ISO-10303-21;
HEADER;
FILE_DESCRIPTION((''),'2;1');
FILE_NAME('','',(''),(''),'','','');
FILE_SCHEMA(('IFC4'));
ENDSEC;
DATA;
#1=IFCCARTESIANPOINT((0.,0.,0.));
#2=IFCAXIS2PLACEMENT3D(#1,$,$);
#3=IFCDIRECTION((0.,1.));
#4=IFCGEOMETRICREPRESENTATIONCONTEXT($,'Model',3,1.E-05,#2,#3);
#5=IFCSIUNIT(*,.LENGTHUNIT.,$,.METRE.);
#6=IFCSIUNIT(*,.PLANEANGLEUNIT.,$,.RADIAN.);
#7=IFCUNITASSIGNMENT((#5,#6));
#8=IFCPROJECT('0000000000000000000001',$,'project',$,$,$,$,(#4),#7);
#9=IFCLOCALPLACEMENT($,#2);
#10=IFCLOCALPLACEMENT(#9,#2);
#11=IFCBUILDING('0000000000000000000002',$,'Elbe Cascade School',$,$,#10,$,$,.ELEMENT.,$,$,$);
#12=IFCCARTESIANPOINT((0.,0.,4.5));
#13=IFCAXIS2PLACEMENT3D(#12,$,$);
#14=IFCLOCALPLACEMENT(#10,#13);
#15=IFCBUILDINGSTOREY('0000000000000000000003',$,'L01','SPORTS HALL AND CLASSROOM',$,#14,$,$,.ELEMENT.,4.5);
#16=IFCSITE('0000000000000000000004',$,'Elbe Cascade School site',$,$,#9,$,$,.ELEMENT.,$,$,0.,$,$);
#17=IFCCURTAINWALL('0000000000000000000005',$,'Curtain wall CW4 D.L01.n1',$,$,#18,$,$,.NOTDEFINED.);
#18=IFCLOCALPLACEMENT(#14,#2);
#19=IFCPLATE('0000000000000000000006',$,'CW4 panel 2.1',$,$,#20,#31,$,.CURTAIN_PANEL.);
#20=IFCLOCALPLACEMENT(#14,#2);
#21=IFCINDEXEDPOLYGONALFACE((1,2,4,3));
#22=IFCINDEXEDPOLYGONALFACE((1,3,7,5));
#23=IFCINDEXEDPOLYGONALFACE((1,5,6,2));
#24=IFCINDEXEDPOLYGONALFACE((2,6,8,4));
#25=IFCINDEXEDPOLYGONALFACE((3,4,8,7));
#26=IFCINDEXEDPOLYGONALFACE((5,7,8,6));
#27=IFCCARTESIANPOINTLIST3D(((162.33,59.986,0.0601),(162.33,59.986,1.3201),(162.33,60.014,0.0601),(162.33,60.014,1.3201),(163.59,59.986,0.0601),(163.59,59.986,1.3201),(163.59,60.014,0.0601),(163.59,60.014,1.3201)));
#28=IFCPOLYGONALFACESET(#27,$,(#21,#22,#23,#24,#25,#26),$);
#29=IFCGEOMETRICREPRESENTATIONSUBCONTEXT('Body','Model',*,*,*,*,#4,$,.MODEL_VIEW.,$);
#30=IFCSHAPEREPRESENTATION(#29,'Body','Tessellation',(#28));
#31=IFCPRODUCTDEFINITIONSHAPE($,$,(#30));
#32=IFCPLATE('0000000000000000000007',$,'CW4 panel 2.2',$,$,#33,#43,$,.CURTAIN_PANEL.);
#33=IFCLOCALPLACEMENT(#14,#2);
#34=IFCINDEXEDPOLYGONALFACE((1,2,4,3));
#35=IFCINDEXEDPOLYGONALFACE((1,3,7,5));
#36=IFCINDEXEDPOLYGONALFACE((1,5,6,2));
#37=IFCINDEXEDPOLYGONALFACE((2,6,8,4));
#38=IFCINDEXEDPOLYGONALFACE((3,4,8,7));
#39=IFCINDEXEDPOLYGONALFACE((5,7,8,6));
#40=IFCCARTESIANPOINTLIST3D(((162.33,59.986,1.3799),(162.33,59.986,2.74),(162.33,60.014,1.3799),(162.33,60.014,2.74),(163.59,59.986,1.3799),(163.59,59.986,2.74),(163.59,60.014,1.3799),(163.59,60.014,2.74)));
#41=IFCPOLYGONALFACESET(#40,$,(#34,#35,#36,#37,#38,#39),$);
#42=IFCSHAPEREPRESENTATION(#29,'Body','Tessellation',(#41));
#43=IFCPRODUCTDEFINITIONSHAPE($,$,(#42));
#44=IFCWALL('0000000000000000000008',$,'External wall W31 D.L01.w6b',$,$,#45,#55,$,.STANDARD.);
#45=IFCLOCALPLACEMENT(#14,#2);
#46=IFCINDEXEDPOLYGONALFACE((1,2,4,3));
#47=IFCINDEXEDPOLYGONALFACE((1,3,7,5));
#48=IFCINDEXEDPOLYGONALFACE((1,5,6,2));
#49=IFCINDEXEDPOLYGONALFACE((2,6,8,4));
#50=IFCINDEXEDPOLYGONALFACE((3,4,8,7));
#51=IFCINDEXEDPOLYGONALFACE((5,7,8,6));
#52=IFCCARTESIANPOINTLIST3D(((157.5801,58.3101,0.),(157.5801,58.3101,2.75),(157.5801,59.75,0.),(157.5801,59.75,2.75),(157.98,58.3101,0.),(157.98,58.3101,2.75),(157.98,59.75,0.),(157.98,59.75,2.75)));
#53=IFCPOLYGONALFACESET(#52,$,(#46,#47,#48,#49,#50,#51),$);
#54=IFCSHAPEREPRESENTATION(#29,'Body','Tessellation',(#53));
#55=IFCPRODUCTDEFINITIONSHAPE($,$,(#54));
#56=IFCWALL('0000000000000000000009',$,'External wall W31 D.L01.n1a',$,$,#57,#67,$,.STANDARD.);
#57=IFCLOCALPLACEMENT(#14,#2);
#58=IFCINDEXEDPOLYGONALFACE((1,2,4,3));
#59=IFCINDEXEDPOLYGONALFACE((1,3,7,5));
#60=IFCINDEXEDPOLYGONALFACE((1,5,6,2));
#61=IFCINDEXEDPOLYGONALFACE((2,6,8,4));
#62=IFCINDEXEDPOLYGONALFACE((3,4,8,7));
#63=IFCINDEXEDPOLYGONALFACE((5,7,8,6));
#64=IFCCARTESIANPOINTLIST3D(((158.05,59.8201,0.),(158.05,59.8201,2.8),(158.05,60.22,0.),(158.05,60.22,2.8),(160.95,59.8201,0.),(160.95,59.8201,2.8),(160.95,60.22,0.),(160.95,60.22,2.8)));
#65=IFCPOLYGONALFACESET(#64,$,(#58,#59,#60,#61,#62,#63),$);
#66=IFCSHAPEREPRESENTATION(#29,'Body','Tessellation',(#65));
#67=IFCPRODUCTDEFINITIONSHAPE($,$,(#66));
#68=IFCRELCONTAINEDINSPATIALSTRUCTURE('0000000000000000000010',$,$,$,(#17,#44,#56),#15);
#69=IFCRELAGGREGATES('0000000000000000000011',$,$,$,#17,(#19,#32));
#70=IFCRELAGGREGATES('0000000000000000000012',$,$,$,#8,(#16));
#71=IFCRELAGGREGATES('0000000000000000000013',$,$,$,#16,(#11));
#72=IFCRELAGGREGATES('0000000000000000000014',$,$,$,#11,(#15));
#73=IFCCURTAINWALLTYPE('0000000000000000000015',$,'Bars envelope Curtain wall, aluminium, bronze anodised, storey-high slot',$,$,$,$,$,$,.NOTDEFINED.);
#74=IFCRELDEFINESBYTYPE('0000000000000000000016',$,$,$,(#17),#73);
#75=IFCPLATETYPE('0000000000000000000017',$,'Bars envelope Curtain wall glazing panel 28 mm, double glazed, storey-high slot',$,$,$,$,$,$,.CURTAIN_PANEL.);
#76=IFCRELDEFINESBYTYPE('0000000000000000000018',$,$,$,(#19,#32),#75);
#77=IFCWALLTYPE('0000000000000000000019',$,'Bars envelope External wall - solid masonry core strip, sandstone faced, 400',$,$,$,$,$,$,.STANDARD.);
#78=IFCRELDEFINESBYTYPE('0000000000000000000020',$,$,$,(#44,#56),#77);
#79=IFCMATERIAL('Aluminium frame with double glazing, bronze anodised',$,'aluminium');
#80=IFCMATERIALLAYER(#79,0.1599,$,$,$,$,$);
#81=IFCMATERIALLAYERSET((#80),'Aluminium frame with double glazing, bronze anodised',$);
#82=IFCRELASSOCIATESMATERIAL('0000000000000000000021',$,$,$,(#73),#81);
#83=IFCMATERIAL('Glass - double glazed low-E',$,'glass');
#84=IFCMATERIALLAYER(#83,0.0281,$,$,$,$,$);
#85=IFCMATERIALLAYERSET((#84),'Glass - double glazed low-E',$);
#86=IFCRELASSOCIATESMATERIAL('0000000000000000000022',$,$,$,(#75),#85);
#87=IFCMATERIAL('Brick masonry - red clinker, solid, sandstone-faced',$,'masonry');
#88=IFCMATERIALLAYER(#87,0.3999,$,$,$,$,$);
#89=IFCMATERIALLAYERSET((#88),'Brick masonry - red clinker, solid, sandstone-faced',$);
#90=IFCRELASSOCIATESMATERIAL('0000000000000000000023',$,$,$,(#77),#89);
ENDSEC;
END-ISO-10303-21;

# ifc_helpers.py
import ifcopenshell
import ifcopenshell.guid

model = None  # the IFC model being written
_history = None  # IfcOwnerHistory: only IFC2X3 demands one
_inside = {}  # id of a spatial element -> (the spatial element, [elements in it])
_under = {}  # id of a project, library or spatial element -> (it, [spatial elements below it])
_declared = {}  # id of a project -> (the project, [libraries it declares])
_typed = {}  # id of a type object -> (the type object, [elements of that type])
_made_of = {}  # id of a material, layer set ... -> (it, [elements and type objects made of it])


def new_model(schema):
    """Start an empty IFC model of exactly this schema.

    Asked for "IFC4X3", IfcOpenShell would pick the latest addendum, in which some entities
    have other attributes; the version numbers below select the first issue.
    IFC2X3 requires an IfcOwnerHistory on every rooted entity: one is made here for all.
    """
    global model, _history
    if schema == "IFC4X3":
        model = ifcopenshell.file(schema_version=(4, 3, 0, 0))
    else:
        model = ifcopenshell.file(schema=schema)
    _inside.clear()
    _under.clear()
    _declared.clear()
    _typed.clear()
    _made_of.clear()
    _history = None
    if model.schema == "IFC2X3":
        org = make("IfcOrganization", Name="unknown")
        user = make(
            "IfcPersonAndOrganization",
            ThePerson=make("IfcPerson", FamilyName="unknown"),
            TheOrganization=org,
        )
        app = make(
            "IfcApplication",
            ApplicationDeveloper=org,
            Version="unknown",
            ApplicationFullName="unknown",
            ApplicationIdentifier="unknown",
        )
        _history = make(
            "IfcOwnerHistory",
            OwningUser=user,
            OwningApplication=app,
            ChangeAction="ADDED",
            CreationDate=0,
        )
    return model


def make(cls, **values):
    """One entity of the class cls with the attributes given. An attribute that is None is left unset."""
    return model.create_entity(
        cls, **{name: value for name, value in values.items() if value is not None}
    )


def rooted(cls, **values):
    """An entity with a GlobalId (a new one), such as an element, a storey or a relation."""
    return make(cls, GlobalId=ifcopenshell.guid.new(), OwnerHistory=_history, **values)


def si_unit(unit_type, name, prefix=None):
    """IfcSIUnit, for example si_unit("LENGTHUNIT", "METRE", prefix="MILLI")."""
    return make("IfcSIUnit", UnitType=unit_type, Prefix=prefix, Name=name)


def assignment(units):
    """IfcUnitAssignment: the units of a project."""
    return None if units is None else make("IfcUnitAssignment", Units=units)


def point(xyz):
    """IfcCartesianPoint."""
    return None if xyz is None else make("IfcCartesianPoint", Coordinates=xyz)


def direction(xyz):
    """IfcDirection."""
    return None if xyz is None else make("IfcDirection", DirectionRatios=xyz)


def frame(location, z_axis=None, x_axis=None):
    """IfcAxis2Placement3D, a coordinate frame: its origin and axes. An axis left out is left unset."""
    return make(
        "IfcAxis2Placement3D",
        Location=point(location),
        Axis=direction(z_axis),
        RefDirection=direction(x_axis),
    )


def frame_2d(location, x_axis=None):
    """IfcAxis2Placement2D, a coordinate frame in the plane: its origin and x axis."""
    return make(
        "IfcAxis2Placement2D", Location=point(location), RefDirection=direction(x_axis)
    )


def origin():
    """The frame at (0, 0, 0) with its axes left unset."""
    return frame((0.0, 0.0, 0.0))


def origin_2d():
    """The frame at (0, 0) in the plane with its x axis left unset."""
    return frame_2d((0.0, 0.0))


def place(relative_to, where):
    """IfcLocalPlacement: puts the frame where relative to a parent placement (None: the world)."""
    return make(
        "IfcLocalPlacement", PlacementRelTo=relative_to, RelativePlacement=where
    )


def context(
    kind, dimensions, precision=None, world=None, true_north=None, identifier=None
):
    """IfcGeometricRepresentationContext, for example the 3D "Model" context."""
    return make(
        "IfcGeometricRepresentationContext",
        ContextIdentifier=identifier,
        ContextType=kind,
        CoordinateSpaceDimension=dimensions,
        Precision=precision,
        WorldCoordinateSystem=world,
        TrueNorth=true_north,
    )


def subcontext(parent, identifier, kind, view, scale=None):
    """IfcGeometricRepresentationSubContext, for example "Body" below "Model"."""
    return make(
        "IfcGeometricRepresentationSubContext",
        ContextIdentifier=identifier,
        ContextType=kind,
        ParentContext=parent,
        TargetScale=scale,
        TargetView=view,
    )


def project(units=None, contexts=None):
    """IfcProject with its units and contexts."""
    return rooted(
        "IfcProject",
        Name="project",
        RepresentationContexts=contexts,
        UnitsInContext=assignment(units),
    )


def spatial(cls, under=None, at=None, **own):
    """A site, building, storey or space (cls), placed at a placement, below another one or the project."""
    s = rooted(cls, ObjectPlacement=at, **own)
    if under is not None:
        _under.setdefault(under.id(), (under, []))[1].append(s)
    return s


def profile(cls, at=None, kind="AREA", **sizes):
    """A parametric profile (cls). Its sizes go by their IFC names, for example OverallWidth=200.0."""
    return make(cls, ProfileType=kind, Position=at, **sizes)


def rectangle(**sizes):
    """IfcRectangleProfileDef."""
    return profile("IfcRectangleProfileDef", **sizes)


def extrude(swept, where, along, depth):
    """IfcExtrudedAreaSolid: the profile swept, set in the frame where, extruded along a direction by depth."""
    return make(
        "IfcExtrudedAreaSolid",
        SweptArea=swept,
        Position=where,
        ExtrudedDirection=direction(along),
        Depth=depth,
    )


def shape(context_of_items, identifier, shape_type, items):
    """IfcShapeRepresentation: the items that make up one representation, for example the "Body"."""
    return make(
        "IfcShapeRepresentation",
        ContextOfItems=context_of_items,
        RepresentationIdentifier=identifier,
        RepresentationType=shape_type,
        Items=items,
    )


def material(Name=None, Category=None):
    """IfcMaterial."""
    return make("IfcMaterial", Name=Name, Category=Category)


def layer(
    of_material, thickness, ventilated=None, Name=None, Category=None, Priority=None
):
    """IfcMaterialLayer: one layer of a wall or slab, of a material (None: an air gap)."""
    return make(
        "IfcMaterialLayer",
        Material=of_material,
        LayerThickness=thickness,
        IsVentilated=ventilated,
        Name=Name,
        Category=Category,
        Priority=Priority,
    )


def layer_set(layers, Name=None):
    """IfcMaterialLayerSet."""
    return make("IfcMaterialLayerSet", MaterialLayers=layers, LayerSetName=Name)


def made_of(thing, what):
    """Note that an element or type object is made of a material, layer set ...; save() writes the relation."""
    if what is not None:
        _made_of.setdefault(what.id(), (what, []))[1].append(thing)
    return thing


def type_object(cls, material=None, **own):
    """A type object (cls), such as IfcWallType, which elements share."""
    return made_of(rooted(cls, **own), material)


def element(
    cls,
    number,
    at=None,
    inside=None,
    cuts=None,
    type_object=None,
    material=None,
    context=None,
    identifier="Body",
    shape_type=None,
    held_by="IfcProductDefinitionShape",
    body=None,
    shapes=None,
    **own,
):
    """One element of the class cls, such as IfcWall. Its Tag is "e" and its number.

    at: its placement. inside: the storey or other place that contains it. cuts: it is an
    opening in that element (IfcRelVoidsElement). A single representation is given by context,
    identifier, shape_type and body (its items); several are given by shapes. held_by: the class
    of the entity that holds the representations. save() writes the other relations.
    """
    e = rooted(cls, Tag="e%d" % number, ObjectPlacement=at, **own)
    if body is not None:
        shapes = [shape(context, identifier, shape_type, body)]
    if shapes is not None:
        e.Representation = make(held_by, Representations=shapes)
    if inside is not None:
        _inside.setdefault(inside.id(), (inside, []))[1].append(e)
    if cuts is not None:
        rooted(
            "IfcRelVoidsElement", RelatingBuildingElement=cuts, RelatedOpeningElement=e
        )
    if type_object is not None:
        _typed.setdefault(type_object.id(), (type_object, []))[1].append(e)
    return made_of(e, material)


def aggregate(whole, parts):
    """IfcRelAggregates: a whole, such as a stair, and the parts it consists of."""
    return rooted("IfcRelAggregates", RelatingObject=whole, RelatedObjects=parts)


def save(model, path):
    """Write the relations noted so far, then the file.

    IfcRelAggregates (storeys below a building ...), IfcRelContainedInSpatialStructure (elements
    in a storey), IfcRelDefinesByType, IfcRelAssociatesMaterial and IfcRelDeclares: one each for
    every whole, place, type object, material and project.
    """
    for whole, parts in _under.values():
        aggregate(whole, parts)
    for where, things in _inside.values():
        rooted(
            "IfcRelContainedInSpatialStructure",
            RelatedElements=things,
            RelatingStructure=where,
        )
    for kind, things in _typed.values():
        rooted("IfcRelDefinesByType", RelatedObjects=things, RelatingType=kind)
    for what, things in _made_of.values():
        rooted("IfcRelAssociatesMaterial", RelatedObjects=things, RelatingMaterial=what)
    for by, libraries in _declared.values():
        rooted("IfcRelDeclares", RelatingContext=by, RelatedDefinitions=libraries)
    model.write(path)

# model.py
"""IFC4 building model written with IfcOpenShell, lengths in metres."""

from ifc_helpers import new_model, si_unit, direction, frame, frame_2d, origin, origin_2d, place, context, subcontext, project, spatial, rectangle, extrude, material, layer, layer_set, type_object, element, aggregate, save


model = new_model("IFC4")

# Units and contexts
model_context = context("Model", 3, precision=1e-05, world=origin(), true_north=direction((0.0, 1.0)))
body_context = subcontext(model_context, "Body", "Model", "MODEL_VIEW")
ifc_project = project(units=[si_unit("LENGTHUNIT", "METRE"), si_unit("PLANEANGLEUNIT", "RADIAN")], contexts=[model_context])

# Site, building, storey
site_placement = place(None, origin())
site = spatial("IfcSite", under=ifc_project, at=site_placement, Name="Elbe Cascade School site", CompositionType="ELEMENT", RefElevation=0.0)
building_placement = place(site_placement, origin())
building = spatial("IfcBuilding", under=site, at=building_placement, Name="Elbe Cascade School", CompositionType="ELEMENT")
storey_placement = place(building_placement, frame((0.0, 0.0, 4.5)))
storey = spatial("IfcBuildingStorey", under=building, at=storey_placement, Name="L01", Description="SPORTS HALL AND CLASSROOM", CompositionType="ELEMENT", Elevation=4.5)

# Shared definitions
ifc_material_1 = material(Name="Aluminium frame with double glazing, bronze anodised", Category="aluminium")
ifc_layer_1 = layer(ifc_material_1, 0.1599)
ifc_layer_set_1 = layer_set([ifc_layer_1], Name="Aluminium frame with double glazing, bronze anodised")
curtain_wall_type = type_object("IfcCurtainWallType", Name="Bars envelope Curtain wall, aluminium, bronze anodised, storey-high slot", PredefinedType="NOTDEFINED", material=ifc_layer_set_1)

# Curtain wall
curtain_wall_1_placement = place(storey_placement, origin())
curtain_wall_1 = element("IfcCurtainWall", 1, at=curtain_wall_1_placement, inside=storey, type_object=curtain_wall_type, Name="Curtain wall CW4 D.L01.n1", PredefinedType="NOTDEFINED")

# Plates
ifc_material_2 = material(Name="Glass - double glazed low-E", Category="glass")
ifc_layer_2 = layer(ifc_material_2, 0.0281)
ifc_layer_set_2 = layer_set([ifc_layer_2], Name="Glass - double glazed low-E")
plate_type = type_object("IfcPlateType", Name="Bars envelope Curtain wall glazing panel 28 mm, double glazed, storey-high slot", PredefinedType="CURTAIN_PANEL", material=ifc_layer_set_2)
plate_1_placement = place(storey_placement, frame((162.96, 60.0, 0.0601), z_axis=(0.0, 0.0, 1.0), x_axis=(1.0, 0.0, 0.0)))
plate_1 = element("IfcPlate", 2, at=plate_1_placement, type_object=plate_type, Name="CW4 panel 2.1", PredefinedType="CURTAIN_PANEL", context=body_context, shape_type="SweptSolid", body=[
    extrude(rectangle(XDim=1.26, YDim=0.0281, at=origin_2d()), origin(), (0.0, 0.0, 1.0), 1.26),
])
plate_2_placement = place(storey_placement, frame((162.96, 60.0, 1.3799), z_axis=(0.0, 0.0, 1.0), x_axis=(1.0, 0.0, 0.0)))
plate_2 = element("IfcPlate", 3, at=plate_2_placement, type_object=plate_type, Name="CW4 panel 2.2", PredefinedType="CURTAIN_PANEL", context=body_context, shape_type="SweptSolid", body=[
    extrude(rectangle(XDim=1.26, YDim=0.0281, at=origin_2d()), origin(), (0.0, 0.0, 1.0), 1.3601),
])
aggregate(curtain_wall_1, [plate_1, plate_2])

# Walls
ifc_material_3 = material(Name="Brick masonry - red clinker, solid, sandstone-faced", Category="masonry")
ifc_layer_3 = layer(ifc_material_3, 0.3999)
ifc_layer_set_3 = layer_set([ifc_layer_3], Name="Brick masonry - red clinker, solid, sandstone-faced")
wall_type = type_object("IfcWallType", Name="Bars envelope External wall - solid masonry core strip, sandstone faced, 400", PredefinedType="STANDARD", material=ifc_layer_set_3)
wall_1_placement = place(storey_placement, frame((157.78, 58.3101, 0.0), z_axis=(0.0, 0.0, 1.0), x_axis=(0.0, 1.0, 0.0)))
element("IfcWall", 4, at=wall_1_placement, inside=storey, type_object=wall_type, Name="External wall W31 D.L01.w6b", PredefinedType="STANDARD", context=body_context, shape_type="SweptSolid", body=[
    extrude(rectangle(XDim=1.4399, YDim=0.3999, at=frame_2d((0.72, 0.0))), origin(), (0.0, 0.0, 1.0), 2.75),
])
wall_2_placement = place(storey_placement, frame((158.05, 60.02, 0.0), z_axis=(0.0, 0.0, 1.0), x_axis=(1.0, 0.0, 0.0)))
element("IfcWall", 5, at=wall_2_placement, inside=storey, type_object=wall_type, Name="External wall W31 D.L01.n1a", PredefinedType="STANDARD", context=body_context, shape_type="SweptSolid", body=[
    extrude(rectangle(XDim=2.8999, YDim=0.3999, at=frame_2d((1.45, 0.0))), origin(), (0.0, 0.0, 1.0), 2.8),
])

save(model, "model.ifc")
